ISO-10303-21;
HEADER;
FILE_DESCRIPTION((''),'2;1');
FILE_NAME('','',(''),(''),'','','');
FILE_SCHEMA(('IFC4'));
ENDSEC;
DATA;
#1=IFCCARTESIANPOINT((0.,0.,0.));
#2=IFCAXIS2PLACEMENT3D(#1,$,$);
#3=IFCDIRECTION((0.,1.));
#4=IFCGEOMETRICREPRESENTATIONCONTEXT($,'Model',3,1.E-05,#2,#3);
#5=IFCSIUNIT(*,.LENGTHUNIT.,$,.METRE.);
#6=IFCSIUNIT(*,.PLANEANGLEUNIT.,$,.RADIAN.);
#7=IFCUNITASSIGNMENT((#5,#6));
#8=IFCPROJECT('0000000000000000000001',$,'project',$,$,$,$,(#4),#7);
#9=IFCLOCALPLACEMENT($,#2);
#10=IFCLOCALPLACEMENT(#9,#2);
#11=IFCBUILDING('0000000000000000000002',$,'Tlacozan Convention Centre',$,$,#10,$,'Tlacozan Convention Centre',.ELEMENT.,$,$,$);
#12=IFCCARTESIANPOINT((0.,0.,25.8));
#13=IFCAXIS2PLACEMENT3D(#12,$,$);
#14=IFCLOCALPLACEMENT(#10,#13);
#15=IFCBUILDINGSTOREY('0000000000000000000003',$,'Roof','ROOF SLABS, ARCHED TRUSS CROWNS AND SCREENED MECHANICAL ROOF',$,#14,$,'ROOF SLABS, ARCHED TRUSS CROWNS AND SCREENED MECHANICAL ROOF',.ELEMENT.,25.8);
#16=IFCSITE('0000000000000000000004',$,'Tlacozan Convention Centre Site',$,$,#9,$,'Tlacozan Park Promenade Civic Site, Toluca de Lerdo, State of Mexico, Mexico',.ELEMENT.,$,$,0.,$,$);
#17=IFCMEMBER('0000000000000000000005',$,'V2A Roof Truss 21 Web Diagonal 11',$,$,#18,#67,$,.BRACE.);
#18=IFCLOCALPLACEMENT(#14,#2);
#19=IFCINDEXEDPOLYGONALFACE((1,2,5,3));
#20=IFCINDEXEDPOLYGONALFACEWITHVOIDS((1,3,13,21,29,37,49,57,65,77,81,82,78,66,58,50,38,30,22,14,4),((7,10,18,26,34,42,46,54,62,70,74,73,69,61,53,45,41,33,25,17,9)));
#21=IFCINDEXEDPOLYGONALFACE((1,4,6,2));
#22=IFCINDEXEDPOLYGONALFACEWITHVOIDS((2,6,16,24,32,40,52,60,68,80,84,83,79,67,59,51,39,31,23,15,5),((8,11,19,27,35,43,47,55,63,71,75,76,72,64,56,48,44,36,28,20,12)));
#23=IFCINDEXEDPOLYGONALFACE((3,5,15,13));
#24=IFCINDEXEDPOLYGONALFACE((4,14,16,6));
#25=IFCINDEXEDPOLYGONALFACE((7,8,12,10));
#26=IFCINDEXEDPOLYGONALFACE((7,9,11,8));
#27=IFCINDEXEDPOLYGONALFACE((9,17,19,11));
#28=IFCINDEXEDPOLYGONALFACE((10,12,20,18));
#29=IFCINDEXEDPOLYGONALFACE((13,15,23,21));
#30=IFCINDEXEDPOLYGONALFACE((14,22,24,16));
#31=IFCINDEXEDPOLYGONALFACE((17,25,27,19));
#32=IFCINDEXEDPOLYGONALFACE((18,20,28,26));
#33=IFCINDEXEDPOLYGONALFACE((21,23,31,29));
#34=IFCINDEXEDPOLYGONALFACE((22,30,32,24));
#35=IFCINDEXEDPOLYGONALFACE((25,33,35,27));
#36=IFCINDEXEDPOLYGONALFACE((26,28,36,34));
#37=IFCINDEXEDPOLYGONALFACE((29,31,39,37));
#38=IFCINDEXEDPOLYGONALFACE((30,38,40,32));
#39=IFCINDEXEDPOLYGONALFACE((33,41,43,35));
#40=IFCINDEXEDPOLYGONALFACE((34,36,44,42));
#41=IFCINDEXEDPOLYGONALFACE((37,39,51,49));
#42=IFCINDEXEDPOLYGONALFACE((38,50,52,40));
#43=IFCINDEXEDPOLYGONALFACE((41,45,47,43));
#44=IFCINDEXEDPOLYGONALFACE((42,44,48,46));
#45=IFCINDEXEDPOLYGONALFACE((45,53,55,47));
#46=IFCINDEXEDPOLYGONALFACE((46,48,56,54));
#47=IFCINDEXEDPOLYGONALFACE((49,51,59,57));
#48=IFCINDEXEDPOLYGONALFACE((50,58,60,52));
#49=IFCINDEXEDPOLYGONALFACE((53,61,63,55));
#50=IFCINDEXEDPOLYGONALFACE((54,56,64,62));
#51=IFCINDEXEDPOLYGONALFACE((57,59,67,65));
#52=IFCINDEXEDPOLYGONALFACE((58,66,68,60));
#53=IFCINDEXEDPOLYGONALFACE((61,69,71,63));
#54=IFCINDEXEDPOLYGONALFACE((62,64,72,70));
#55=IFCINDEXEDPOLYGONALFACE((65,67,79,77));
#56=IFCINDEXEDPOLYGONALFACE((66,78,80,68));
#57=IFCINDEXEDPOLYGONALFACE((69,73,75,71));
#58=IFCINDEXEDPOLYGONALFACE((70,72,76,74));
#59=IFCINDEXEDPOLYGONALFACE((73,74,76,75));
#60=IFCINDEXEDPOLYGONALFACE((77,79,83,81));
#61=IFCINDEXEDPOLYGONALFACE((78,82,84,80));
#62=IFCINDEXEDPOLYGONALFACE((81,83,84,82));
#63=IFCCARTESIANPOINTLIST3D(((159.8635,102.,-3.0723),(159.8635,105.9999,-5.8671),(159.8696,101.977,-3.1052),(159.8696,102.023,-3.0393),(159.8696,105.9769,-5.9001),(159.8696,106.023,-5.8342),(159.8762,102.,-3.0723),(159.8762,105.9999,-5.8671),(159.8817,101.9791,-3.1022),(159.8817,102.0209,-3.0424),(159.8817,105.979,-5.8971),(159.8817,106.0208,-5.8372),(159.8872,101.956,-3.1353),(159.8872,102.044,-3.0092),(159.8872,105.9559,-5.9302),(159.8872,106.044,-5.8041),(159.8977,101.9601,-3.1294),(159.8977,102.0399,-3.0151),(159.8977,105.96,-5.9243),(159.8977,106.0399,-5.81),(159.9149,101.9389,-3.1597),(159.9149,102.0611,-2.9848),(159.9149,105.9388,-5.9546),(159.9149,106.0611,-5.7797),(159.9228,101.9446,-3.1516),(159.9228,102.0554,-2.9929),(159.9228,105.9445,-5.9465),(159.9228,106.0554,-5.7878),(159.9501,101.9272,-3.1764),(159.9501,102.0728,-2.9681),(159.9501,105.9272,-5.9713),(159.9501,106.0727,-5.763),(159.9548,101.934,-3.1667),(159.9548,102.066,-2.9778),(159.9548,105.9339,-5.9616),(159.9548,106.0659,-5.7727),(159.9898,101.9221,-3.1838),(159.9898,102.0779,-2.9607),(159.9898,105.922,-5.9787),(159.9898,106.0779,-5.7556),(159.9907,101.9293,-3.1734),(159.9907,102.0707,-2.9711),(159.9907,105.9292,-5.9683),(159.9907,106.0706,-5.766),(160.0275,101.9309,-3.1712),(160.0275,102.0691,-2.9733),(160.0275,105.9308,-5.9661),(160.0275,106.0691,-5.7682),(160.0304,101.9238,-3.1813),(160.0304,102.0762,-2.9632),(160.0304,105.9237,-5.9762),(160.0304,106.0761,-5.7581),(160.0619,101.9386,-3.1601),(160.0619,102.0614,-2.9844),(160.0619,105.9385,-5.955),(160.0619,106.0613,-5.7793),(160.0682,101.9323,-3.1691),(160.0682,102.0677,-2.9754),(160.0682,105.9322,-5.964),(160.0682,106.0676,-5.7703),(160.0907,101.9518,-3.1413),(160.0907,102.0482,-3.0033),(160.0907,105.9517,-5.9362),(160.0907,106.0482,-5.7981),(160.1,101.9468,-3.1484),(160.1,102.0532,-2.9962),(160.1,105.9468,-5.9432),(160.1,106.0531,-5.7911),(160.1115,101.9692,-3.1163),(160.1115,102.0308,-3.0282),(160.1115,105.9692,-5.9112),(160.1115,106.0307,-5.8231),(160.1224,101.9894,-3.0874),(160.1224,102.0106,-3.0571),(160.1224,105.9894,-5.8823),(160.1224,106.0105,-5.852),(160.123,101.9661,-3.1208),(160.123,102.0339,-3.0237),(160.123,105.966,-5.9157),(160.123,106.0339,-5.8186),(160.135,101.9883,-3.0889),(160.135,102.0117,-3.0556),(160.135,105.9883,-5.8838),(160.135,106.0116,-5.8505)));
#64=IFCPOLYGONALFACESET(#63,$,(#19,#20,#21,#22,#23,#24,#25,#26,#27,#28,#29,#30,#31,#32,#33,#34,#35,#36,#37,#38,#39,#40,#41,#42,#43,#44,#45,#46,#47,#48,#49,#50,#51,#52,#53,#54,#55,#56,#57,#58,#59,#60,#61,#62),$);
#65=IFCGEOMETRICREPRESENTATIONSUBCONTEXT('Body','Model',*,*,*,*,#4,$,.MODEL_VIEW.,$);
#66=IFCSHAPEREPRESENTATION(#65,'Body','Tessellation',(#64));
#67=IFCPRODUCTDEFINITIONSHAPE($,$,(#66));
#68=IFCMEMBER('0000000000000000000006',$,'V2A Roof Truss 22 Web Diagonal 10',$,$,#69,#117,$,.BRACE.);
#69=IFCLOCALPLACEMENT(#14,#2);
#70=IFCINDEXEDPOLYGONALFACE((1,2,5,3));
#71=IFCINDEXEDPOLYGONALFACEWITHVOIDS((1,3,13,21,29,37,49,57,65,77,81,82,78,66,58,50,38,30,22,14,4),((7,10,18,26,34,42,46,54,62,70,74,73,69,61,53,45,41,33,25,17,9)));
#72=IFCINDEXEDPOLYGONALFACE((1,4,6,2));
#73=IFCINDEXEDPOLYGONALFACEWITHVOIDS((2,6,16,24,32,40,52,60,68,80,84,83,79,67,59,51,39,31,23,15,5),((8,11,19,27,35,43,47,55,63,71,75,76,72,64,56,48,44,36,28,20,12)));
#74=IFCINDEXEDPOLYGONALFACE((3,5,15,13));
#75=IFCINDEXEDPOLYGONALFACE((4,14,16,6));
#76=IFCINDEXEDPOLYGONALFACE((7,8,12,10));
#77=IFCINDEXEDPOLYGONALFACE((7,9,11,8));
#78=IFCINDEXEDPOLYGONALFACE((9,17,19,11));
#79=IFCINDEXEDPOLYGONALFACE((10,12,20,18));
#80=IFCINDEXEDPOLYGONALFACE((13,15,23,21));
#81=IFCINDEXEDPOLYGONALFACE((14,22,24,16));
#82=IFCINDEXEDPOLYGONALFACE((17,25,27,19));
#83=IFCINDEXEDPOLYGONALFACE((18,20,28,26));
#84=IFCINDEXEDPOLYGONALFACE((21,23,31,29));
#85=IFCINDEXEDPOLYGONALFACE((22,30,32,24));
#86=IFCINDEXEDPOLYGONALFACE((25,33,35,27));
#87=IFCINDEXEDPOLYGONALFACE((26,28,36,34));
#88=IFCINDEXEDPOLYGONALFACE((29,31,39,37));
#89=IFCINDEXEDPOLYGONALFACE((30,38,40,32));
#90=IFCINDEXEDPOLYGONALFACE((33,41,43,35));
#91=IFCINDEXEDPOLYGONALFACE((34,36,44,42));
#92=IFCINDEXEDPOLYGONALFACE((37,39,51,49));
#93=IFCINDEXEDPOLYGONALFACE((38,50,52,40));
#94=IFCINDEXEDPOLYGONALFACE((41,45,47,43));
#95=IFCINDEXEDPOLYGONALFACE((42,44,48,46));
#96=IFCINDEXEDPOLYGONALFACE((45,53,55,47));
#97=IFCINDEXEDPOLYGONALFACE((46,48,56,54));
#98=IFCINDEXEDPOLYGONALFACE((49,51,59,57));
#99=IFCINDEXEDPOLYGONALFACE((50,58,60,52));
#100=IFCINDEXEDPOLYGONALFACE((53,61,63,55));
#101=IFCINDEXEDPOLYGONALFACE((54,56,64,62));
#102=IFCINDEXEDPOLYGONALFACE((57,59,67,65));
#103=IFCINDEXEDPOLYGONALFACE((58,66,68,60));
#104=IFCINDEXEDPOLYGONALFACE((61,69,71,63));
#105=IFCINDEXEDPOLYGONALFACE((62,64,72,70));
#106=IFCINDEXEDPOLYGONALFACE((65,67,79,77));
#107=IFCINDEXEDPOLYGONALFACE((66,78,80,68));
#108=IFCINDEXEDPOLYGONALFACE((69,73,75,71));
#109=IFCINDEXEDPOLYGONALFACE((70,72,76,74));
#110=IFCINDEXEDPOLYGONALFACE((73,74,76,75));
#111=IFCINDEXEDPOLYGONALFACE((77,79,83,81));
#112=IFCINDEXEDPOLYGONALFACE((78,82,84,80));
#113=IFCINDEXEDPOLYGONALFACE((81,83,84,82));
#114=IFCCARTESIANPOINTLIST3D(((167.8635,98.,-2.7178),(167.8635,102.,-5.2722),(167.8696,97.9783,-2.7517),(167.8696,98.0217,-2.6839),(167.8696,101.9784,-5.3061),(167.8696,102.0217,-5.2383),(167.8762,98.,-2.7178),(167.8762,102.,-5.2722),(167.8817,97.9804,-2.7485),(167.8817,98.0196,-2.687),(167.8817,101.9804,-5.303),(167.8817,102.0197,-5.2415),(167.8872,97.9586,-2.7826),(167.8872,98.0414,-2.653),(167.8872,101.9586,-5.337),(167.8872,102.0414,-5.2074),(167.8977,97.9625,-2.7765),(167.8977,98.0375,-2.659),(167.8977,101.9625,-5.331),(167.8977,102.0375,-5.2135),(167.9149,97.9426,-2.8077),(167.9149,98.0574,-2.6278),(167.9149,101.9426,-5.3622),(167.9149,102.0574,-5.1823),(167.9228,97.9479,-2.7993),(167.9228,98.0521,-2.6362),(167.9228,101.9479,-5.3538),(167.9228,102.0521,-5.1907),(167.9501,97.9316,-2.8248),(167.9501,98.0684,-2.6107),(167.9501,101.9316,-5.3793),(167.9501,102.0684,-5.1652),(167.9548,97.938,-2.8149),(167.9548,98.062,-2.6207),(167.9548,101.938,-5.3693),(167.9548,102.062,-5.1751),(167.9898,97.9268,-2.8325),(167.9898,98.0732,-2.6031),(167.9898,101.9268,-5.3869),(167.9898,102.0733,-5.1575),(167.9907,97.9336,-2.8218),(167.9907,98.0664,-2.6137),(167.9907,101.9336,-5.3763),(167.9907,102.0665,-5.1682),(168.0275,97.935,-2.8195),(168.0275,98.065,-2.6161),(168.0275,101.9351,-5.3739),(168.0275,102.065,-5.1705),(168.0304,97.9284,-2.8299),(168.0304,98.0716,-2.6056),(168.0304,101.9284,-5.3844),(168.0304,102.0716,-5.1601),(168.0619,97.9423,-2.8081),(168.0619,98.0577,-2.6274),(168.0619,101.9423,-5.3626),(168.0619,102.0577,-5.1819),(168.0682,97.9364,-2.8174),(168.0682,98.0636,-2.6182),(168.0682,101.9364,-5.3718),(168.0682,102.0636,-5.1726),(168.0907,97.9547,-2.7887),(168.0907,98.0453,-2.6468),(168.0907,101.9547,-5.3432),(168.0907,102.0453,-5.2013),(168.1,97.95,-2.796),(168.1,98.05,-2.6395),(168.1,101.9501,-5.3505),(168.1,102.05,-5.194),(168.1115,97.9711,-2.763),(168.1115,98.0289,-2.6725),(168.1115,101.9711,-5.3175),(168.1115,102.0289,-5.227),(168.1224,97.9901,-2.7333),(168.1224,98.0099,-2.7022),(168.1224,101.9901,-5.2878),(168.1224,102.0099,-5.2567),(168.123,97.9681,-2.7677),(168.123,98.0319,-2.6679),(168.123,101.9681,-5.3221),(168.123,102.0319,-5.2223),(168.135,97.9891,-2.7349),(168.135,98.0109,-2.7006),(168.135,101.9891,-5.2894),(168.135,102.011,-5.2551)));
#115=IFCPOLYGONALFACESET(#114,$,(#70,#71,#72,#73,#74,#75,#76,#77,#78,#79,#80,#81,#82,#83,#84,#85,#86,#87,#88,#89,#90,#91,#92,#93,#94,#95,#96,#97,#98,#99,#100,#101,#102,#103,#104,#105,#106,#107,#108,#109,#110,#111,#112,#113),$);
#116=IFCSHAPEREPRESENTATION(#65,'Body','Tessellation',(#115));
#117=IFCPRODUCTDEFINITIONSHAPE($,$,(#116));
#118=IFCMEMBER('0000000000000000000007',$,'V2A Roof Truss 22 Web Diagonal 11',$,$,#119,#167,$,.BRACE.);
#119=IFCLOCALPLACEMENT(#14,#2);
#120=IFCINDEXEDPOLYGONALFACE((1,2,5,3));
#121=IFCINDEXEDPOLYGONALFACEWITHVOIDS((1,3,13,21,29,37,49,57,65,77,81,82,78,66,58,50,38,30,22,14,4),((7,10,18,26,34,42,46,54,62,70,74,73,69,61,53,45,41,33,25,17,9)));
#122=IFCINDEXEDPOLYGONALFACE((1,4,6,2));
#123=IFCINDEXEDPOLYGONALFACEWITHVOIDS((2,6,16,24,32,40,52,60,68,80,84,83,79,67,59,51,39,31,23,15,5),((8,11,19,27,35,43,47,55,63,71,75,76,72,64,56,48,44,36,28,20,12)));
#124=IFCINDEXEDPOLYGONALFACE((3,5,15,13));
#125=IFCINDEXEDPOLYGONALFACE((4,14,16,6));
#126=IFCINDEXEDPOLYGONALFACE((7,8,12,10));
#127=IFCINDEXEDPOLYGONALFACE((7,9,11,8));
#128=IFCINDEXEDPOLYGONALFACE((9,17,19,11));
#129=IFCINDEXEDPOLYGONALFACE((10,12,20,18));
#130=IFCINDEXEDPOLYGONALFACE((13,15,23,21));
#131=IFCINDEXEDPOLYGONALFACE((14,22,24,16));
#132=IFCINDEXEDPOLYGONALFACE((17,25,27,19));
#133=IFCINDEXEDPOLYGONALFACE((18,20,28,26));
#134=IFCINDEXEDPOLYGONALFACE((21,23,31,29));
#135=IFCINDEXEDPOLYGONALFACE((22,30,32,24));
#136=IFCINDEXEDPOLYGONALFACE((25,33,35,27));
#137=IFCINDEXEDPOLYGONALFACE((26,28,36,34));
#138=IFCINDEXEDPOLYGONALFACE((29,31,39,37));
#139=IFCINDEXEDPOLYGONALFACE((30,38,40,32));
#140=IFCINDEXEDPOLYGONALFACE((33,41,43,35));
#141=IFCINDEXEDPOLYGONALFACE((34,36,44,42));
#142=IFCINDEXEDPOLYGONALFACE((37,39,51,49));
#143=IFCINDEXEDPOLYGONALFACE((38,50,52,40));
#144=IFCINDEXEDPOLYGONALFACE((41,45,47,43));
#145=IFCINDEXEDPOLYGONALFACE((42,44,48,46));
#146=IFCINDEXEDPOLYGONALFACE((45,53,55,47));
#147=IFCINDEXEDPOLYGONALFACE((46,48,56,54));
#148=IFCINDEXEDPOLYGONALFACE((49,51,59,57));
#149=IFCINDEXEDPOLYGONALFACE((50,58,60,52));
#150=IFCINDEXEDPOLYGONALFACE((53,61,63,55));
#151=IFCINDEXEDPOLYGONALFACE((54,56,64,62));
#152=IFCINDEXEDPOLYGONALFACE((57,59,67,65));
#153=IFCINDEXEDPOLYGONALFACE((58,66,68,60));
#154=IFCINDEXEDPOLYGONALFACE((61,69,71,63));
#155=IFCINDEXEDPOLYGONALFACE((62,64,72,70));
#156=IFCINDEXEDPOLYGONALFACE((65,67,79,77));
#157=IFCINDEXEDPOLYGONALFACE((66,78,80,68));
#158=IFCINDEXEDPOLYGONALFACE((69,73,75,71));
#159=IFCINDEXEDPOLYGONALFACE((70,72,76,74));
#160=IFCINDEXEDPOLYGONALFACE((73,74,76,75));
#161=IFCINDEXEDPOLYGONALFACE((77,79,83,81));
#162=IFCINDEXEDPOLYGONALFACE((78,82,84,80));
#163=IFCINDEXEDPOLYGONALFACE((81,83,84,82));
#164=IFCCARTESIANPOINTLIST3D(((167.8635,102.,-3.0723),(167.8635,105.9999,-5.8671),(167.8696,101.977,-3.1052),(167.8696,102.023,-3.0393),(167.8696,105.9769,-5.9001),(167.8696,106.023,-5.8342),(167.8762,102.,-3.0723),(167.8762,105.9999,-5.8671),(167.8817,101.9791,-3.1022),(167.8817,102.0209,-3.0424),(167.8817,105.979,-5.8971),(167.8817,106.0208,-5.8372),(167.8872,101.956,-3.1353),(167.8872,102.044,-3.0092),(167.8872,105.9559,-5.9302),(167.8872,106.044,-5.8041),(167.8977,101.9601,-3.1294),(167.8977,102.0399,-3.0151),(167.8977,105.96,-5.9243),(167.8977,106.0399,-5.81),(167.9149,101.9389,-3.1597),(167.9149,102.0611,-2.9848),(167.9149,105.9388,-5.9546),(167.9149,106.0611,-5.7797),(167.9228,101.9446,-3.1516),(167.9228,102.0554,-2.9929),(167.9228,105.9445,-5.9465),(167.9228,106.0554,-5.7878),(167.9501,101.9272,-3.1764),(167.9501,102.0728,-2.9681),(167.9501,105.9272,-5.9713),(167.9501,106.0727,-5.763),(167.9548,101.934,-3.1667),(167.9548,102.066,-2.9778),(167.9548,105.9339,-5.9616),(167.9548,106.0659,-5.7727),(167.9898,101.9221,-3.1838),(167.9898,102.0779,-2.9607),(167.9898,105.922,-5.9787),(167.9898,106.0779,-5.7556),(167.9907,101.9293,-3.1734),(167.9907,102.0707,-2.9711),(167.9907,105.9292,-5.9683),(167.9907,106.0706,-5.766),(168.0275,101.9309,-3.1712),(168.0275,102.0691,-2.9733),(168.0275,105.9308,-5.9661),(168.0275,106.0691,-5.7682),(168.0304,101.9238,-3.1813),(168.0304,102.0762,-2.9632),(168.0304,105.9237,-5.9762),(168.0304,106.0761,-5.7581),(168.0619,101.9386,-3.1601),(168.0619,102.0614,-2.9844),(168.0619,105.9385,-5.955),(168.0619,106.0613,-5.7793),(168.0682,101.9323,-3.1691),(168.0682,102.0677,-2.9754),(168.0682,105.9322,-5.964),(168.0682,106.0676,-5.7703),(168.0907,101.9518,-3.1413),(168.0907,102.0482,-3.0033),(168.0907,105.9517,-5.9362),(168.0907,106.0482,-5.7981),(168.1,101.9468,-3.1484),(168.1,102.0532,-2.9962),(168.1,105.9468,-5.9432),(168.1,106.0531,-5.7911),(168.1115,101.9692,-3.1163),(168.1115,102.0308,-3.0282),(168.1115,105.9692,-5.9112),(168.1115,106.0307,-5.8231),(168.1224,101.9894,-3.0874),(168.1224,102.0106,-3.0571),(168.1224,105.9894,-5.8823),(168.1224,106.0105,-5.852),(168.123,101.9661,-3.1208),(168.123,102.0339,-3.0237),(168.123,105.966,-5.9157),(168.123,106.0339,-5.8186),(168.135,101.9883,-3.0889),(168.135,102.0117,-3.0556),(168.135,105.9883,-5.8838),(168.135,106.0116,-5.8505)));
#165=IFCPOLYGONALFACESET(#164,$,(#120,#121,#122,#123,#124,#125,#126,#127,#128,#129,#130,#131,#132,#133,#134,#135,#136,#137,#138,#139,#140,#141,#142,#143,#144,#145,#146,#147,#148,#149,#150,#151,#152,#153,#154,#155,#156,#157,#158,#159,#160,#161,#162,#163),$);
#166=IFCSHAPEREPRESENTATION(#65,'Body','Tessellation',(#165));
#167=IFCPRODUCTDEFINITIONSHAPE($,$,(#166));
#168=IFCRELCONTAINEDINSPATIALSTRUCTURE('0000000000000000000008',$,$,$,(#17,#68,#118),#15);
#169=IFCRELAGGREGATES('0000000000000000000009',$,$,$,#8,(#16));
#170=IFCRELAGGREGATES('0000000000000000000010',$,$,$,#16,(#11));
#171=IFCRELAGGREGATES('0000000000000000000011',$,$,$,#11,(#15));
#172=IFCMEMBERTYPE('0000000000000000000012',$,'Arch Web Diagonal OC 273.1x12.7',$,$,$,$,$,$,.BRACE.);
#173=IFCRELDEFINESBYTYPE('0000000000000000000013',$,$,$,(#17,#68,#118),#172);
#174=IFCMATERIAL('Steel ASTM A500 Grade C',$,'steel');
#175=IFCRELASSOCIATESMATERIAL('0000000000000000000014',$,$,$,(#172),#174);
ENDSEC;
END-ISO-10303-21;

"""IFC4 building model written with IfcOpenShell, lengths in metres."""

from ifc_helpers import new_model, si_unit, direction, frame, origin, origin_2d, place, context, subcontext, project, spatial, hollow_circle, extrude, material, material_profile, profile_set, type_object, element, save


model = new_model("IFC4")

# Units and contexts
model_context = context("Model", 3, precision=1e-05, world=origin(), true_north=direction((0.0, 1.0)))
body_context = subcontext(model_context, "Body", "Model", "MODEL_VIEW")
ifc_project = project(units=[si_unit("LENGTHUNIT", "METRE"), si_unit("PLANEANGLEUNIT", "RADIAN")], contexts=[model_context])

# Site, building, storey
site_placement = place(None, origin())
site = spatial("IfcSite", under=ifc_project, at=site_placement, Name="Tlacozan Convention Centre Site", LongName="Tlacozan Park Promenade Civic Site, Toluca de Lerdo, State of Mexico, Mexico", CompositionType="ELEMENT", RefElevation=0.0)
building_placement = place(site_placement, origin())
building = spatial("IfcBuilding", under=site, at=building_placement, Name="Tlacozan Convention Centre", LongName="Tlacozan Convention Centre", CompositionType="ELEMENT")
storey_placement = place(building_placement, frame((0.0, 0.0, 25.8)))
storey = spatial("IfcBuildingStorey", under=building, at=storey_placement, Name="Roof", Description="ROOF SLABS, ARCHED TRUSS CROWNS AND SCREENED MECHANICAL ROOF", LongName="ROOF SLABS, ARCHED TRUSS CROWNS AND SCREENED MECHANICAL ROOF", CompositionType="ELEMENT", Elevation=25.8)

# Members
ifc_material_1 = material(Name="Steel ASTM A500 Grade C", Category="steel")
ifc_material_profile_1 = material_profile(ifc_material_1, hollow_circle(Radius=0.1365, WallThickness=0.0127, at=origin_2d()), Name="OC 273.1x12.7")
ifc_profile_set_1 = profile_set([ifc_material_profile_1], Name="Steel ASTM A500 Grade C")
member_type_1 = type_object("IfcMemberType", Name="Arch Web Diagonal OC 273.1x12.7", PredefinedType="BRACE", material=ifc_profile_set_1)
member_1_placement = place(storey_placement, frame((160.0, 102.0, -3.0723), z_axis=(0.0, 0.819721, -0.572764), x_axis=(-1.0, 0.0, 0.0)))
element("IfcMember", 1, at=member_1_placement, inside=storey, type_object=member_type_1, Name="V2A Roof Truss 21 Web Diagonal 11", PredefinedType="BRACE", context=body_context, shape_type="SweptSolid", body=[
    extrude(hollow_circle(Radius=0.1365, WallThickness=0.0127, at=origin_2d()), origin(), (0.0, 0.0, 1.0), 4.8796),
])
member_2_placement = place(storey_placement, frame((168.0, 98.0, -2.7178), z_axis=(0.0, 0.842803, -0.538223), x_axis=(-1.0, 0.0, 0.0)))
element("IfcMember", 2, at=member_2_placement, inside=storey, type_object=member_type_1, Name="V2A Roof Truss 22 Web Diagonal 10", PredefinedType="BRACE", context=body_context, shape_type="SweptSolid", body=[
    extrude(hollow_circle(Radius=0.1365, WallThickness=0.0127, at=origin_2d()), origin(), (0.0, 0.0, 1.0), 4.7461),
])
member_3_placement = place(storey_placement, frame((168.0, 102.0, -3.0723), z_axis=(0.0, 0.819721, -0.572764), x_axis=(-1.0, 0.0, 0.0)))
element("IfcMember", 3, at=member_3_placement, inside=storey, type_object=member_type_1, Name="V2A Roof Truss 22 Web Diagonal 11", PredefinedType="BRACE", context=body_context, shape_type="SweptSolid", body=[
    extrude(hollow_circle(Radius=0.1365, WallThickness=0.0127, at=origin_2d()), origin(), (0.0, 0.0, 1.0), 4.8796),
])

save(model, "model.ifc")
